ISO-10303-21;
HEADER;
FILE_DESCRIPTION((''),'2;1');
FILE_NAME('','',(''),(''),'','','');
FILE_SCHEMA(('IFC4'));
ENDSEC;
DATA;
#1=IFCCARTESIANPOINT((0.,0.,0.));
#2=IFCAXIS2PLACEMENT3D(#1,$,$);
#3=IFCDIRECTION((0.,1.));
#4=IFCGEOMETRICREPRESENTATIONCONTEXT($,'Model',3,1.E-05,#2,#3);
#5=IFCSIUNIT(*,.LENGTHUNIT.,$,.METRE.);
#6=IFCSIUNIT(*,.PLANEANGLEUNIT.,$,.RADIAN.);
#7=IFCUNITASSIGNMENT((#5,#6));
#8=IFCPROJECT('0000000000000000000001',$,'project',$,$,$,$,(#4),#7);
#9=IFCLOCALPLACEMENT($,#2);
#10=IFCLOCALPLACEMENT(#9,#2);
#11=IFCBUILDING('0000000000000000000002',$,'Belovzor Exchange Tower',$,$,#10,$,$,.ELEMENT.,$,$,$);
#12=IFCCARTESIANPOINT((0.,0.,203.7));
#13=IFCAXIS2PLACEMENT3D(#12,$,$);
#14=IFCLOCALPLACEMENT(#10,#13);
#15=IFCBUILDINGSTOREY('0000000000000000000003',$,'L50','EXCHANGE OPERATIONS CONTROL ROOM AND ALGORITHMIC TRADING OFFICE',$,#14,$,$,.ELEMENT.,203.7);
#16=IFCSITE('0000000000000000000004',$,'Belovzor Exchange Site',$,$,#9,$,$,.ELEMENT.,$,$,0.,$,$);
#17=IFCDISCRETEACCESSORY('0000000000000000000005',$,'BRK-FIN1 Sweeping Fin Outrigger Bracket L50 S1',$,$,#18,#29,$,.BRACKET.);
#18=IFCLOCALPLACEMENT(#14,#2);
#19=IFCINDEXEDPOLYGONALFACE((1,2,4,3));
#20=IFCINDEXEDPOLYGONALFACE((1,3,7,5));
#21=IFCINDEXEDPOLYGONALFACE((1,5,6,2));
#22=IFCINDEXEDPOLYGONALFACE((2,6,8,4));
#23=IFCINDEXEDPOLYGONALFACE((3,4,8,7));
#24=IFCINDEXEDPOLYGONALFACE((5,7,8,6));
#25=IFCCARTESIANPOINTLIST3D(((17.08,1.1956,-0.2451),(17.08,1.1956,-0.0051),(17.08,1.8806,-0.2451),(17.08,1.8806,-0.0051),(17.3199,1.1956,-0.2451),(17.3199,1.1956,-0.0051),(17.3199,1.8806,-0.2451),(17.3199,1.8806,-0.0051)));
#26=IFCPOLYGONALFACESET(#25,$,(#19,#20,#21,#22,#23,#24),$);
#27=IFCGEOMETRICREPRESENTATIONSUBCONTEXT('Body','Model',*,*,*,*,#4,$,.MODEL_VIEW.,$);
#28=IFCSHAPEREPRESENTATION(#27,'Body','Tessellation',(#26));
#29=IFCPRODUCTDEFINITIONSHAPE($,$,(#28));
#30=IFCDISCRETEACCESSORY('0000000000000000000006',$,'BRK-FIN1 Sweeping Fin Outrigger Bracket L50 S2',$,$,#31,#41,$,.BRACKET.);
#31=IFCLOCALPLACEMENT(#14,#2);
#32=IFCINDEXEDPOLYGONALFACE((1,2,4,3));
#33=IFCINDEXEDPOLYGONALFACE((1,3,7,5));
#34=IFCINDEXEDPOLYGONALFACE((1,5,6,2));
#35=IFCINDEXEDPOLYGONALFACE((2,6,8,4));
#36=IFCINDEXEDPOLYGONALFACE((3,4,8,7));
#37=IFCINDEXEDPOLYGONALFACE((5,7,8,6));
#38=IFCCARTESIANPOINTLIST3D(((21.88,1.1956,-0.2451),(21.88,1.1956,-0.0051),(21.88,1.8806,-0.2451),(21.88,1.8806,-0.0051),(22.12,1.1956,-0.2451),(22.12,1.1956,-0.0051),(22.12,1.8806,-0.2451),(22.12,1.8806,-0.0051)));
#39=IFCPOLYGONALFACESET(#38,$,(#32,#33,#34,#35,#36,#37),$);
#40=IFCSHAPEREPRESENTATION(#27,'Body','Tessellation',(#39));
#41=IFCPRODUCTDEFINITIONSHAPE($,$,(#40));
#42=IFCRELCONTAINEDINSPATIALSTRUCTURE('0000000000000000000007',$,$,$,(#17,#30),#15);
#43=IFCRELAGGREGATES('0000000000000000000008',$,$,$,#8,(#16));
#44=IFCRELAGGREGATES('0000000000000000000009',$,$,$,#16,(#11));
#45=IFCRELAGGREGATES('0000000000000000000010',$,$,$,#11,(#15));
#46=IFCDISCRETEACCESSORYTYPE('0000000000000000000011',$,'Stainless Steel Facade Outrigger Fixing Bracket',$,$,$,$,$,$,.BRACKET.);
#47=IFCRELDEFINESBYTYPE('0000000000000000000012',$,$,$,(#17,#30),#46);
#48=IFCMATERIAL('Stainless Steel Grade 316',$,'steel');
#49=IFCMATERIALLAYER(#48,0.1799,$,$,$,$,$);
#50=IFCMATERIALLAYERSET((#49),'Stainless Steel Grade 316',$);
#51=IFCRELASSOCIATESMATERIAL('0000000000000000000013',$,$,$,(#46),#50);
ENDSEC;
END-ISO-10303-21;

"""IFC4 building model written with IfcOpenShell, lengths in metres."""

from ifc_helpers import new_model, si_unit, direction, frame, origin, origin_2d, place, context, subcontext, project, spatial, rectangle, extrude, material, layer, layer_set, type_object, element, save


model = new_model("IFC4")

# Units and contexts
model_context = context("Model", 3, precision=1e-05, world=origin(), true_north=direction((0.0, 1.0)))
body_context = subcontext(model_context, "Body", "Model", "MODEL_VIEW")
ifc_project = project(units=[si_unit("LENGTHUNIT", "METRE"), si_unit("PLANEANGLEUNIT", "RADIAN")], contexts=[model_context])

# Site, building, storey
site_placement = place(None, origin())
site = spatial("IfcSite", under=ifc_project, at=site_placement, Name="Belovzor Exchange Site", CompositionType="ELEMENT", RefElevation=0.0)
building_placement = place(site_placement, origin())
building = spatial("IfcBuilding", under=site, at=building_placement, Name="Belovzor Exchange Tower", CompositionType="ELEMENT")
storey_placement = place(building_placement, frame((0.0, 0.0, 203.7)))
storey = spatial("IfcBuildingStorey", under=building, at=storey_placement, Name="L50", Description="EXCHANGE OPERATIONS CONTROL ROOM AND ALGORITHMIC TRADING OFFICE", CompositionType="ELEMENT", Elevation=203.7)

# Discrete accessories
ifc_material_1 = material(Name="Stainless Steel Grade 316", Category="steel")
ifc_layer_1 = layer(ifc_material_1, 0.1799)
ifc_layer_set_1 = layer_set([ifc_layer_1], Name="Stainless Steel Grade 316")
discrete_accessory_type = type_object("IfcDiscreteAccessoryType", Name="Stainless Steel Facade Outrigger Fixing Bracket", PredefinedType="BRACKET", material=ifc_layer_set_1)
for number, where, z_axis, x_axis, name in (
    (1, (17.2, 1.5381, -0.2451), (0.0, 0.0, 1.0), (0.0, 1.0, 0.0), "BRK-FIN1 Sweeping Fin Outrigger Bracket L50 S1"),
    (2, (22.0, 1.5381, -0.2451), (0.0, 0.0, 1.0), (0.0, 1.0, 0.0), "BRK-FIN1 Sweeping Fin Outrigger Bracket L50 S2"),
):
    element("IfcDiscreteAccessory", number, at=place(storey_placement, frame(where, z_axis=z_axis, x_axis=x_axis)), inside=storey, type_object=discrete_accessory_type, Name=name, PredefinedType="BRACKET", context=body_context, shape_type="SweptSolid", body=[
        extrude(rectangle(XDim=0.6851, YDim=0.24, at=origin_2d()), origin(), (0.0, 0.0, 1.0), 0.24),
    ])

save(model, "model.ifc")
